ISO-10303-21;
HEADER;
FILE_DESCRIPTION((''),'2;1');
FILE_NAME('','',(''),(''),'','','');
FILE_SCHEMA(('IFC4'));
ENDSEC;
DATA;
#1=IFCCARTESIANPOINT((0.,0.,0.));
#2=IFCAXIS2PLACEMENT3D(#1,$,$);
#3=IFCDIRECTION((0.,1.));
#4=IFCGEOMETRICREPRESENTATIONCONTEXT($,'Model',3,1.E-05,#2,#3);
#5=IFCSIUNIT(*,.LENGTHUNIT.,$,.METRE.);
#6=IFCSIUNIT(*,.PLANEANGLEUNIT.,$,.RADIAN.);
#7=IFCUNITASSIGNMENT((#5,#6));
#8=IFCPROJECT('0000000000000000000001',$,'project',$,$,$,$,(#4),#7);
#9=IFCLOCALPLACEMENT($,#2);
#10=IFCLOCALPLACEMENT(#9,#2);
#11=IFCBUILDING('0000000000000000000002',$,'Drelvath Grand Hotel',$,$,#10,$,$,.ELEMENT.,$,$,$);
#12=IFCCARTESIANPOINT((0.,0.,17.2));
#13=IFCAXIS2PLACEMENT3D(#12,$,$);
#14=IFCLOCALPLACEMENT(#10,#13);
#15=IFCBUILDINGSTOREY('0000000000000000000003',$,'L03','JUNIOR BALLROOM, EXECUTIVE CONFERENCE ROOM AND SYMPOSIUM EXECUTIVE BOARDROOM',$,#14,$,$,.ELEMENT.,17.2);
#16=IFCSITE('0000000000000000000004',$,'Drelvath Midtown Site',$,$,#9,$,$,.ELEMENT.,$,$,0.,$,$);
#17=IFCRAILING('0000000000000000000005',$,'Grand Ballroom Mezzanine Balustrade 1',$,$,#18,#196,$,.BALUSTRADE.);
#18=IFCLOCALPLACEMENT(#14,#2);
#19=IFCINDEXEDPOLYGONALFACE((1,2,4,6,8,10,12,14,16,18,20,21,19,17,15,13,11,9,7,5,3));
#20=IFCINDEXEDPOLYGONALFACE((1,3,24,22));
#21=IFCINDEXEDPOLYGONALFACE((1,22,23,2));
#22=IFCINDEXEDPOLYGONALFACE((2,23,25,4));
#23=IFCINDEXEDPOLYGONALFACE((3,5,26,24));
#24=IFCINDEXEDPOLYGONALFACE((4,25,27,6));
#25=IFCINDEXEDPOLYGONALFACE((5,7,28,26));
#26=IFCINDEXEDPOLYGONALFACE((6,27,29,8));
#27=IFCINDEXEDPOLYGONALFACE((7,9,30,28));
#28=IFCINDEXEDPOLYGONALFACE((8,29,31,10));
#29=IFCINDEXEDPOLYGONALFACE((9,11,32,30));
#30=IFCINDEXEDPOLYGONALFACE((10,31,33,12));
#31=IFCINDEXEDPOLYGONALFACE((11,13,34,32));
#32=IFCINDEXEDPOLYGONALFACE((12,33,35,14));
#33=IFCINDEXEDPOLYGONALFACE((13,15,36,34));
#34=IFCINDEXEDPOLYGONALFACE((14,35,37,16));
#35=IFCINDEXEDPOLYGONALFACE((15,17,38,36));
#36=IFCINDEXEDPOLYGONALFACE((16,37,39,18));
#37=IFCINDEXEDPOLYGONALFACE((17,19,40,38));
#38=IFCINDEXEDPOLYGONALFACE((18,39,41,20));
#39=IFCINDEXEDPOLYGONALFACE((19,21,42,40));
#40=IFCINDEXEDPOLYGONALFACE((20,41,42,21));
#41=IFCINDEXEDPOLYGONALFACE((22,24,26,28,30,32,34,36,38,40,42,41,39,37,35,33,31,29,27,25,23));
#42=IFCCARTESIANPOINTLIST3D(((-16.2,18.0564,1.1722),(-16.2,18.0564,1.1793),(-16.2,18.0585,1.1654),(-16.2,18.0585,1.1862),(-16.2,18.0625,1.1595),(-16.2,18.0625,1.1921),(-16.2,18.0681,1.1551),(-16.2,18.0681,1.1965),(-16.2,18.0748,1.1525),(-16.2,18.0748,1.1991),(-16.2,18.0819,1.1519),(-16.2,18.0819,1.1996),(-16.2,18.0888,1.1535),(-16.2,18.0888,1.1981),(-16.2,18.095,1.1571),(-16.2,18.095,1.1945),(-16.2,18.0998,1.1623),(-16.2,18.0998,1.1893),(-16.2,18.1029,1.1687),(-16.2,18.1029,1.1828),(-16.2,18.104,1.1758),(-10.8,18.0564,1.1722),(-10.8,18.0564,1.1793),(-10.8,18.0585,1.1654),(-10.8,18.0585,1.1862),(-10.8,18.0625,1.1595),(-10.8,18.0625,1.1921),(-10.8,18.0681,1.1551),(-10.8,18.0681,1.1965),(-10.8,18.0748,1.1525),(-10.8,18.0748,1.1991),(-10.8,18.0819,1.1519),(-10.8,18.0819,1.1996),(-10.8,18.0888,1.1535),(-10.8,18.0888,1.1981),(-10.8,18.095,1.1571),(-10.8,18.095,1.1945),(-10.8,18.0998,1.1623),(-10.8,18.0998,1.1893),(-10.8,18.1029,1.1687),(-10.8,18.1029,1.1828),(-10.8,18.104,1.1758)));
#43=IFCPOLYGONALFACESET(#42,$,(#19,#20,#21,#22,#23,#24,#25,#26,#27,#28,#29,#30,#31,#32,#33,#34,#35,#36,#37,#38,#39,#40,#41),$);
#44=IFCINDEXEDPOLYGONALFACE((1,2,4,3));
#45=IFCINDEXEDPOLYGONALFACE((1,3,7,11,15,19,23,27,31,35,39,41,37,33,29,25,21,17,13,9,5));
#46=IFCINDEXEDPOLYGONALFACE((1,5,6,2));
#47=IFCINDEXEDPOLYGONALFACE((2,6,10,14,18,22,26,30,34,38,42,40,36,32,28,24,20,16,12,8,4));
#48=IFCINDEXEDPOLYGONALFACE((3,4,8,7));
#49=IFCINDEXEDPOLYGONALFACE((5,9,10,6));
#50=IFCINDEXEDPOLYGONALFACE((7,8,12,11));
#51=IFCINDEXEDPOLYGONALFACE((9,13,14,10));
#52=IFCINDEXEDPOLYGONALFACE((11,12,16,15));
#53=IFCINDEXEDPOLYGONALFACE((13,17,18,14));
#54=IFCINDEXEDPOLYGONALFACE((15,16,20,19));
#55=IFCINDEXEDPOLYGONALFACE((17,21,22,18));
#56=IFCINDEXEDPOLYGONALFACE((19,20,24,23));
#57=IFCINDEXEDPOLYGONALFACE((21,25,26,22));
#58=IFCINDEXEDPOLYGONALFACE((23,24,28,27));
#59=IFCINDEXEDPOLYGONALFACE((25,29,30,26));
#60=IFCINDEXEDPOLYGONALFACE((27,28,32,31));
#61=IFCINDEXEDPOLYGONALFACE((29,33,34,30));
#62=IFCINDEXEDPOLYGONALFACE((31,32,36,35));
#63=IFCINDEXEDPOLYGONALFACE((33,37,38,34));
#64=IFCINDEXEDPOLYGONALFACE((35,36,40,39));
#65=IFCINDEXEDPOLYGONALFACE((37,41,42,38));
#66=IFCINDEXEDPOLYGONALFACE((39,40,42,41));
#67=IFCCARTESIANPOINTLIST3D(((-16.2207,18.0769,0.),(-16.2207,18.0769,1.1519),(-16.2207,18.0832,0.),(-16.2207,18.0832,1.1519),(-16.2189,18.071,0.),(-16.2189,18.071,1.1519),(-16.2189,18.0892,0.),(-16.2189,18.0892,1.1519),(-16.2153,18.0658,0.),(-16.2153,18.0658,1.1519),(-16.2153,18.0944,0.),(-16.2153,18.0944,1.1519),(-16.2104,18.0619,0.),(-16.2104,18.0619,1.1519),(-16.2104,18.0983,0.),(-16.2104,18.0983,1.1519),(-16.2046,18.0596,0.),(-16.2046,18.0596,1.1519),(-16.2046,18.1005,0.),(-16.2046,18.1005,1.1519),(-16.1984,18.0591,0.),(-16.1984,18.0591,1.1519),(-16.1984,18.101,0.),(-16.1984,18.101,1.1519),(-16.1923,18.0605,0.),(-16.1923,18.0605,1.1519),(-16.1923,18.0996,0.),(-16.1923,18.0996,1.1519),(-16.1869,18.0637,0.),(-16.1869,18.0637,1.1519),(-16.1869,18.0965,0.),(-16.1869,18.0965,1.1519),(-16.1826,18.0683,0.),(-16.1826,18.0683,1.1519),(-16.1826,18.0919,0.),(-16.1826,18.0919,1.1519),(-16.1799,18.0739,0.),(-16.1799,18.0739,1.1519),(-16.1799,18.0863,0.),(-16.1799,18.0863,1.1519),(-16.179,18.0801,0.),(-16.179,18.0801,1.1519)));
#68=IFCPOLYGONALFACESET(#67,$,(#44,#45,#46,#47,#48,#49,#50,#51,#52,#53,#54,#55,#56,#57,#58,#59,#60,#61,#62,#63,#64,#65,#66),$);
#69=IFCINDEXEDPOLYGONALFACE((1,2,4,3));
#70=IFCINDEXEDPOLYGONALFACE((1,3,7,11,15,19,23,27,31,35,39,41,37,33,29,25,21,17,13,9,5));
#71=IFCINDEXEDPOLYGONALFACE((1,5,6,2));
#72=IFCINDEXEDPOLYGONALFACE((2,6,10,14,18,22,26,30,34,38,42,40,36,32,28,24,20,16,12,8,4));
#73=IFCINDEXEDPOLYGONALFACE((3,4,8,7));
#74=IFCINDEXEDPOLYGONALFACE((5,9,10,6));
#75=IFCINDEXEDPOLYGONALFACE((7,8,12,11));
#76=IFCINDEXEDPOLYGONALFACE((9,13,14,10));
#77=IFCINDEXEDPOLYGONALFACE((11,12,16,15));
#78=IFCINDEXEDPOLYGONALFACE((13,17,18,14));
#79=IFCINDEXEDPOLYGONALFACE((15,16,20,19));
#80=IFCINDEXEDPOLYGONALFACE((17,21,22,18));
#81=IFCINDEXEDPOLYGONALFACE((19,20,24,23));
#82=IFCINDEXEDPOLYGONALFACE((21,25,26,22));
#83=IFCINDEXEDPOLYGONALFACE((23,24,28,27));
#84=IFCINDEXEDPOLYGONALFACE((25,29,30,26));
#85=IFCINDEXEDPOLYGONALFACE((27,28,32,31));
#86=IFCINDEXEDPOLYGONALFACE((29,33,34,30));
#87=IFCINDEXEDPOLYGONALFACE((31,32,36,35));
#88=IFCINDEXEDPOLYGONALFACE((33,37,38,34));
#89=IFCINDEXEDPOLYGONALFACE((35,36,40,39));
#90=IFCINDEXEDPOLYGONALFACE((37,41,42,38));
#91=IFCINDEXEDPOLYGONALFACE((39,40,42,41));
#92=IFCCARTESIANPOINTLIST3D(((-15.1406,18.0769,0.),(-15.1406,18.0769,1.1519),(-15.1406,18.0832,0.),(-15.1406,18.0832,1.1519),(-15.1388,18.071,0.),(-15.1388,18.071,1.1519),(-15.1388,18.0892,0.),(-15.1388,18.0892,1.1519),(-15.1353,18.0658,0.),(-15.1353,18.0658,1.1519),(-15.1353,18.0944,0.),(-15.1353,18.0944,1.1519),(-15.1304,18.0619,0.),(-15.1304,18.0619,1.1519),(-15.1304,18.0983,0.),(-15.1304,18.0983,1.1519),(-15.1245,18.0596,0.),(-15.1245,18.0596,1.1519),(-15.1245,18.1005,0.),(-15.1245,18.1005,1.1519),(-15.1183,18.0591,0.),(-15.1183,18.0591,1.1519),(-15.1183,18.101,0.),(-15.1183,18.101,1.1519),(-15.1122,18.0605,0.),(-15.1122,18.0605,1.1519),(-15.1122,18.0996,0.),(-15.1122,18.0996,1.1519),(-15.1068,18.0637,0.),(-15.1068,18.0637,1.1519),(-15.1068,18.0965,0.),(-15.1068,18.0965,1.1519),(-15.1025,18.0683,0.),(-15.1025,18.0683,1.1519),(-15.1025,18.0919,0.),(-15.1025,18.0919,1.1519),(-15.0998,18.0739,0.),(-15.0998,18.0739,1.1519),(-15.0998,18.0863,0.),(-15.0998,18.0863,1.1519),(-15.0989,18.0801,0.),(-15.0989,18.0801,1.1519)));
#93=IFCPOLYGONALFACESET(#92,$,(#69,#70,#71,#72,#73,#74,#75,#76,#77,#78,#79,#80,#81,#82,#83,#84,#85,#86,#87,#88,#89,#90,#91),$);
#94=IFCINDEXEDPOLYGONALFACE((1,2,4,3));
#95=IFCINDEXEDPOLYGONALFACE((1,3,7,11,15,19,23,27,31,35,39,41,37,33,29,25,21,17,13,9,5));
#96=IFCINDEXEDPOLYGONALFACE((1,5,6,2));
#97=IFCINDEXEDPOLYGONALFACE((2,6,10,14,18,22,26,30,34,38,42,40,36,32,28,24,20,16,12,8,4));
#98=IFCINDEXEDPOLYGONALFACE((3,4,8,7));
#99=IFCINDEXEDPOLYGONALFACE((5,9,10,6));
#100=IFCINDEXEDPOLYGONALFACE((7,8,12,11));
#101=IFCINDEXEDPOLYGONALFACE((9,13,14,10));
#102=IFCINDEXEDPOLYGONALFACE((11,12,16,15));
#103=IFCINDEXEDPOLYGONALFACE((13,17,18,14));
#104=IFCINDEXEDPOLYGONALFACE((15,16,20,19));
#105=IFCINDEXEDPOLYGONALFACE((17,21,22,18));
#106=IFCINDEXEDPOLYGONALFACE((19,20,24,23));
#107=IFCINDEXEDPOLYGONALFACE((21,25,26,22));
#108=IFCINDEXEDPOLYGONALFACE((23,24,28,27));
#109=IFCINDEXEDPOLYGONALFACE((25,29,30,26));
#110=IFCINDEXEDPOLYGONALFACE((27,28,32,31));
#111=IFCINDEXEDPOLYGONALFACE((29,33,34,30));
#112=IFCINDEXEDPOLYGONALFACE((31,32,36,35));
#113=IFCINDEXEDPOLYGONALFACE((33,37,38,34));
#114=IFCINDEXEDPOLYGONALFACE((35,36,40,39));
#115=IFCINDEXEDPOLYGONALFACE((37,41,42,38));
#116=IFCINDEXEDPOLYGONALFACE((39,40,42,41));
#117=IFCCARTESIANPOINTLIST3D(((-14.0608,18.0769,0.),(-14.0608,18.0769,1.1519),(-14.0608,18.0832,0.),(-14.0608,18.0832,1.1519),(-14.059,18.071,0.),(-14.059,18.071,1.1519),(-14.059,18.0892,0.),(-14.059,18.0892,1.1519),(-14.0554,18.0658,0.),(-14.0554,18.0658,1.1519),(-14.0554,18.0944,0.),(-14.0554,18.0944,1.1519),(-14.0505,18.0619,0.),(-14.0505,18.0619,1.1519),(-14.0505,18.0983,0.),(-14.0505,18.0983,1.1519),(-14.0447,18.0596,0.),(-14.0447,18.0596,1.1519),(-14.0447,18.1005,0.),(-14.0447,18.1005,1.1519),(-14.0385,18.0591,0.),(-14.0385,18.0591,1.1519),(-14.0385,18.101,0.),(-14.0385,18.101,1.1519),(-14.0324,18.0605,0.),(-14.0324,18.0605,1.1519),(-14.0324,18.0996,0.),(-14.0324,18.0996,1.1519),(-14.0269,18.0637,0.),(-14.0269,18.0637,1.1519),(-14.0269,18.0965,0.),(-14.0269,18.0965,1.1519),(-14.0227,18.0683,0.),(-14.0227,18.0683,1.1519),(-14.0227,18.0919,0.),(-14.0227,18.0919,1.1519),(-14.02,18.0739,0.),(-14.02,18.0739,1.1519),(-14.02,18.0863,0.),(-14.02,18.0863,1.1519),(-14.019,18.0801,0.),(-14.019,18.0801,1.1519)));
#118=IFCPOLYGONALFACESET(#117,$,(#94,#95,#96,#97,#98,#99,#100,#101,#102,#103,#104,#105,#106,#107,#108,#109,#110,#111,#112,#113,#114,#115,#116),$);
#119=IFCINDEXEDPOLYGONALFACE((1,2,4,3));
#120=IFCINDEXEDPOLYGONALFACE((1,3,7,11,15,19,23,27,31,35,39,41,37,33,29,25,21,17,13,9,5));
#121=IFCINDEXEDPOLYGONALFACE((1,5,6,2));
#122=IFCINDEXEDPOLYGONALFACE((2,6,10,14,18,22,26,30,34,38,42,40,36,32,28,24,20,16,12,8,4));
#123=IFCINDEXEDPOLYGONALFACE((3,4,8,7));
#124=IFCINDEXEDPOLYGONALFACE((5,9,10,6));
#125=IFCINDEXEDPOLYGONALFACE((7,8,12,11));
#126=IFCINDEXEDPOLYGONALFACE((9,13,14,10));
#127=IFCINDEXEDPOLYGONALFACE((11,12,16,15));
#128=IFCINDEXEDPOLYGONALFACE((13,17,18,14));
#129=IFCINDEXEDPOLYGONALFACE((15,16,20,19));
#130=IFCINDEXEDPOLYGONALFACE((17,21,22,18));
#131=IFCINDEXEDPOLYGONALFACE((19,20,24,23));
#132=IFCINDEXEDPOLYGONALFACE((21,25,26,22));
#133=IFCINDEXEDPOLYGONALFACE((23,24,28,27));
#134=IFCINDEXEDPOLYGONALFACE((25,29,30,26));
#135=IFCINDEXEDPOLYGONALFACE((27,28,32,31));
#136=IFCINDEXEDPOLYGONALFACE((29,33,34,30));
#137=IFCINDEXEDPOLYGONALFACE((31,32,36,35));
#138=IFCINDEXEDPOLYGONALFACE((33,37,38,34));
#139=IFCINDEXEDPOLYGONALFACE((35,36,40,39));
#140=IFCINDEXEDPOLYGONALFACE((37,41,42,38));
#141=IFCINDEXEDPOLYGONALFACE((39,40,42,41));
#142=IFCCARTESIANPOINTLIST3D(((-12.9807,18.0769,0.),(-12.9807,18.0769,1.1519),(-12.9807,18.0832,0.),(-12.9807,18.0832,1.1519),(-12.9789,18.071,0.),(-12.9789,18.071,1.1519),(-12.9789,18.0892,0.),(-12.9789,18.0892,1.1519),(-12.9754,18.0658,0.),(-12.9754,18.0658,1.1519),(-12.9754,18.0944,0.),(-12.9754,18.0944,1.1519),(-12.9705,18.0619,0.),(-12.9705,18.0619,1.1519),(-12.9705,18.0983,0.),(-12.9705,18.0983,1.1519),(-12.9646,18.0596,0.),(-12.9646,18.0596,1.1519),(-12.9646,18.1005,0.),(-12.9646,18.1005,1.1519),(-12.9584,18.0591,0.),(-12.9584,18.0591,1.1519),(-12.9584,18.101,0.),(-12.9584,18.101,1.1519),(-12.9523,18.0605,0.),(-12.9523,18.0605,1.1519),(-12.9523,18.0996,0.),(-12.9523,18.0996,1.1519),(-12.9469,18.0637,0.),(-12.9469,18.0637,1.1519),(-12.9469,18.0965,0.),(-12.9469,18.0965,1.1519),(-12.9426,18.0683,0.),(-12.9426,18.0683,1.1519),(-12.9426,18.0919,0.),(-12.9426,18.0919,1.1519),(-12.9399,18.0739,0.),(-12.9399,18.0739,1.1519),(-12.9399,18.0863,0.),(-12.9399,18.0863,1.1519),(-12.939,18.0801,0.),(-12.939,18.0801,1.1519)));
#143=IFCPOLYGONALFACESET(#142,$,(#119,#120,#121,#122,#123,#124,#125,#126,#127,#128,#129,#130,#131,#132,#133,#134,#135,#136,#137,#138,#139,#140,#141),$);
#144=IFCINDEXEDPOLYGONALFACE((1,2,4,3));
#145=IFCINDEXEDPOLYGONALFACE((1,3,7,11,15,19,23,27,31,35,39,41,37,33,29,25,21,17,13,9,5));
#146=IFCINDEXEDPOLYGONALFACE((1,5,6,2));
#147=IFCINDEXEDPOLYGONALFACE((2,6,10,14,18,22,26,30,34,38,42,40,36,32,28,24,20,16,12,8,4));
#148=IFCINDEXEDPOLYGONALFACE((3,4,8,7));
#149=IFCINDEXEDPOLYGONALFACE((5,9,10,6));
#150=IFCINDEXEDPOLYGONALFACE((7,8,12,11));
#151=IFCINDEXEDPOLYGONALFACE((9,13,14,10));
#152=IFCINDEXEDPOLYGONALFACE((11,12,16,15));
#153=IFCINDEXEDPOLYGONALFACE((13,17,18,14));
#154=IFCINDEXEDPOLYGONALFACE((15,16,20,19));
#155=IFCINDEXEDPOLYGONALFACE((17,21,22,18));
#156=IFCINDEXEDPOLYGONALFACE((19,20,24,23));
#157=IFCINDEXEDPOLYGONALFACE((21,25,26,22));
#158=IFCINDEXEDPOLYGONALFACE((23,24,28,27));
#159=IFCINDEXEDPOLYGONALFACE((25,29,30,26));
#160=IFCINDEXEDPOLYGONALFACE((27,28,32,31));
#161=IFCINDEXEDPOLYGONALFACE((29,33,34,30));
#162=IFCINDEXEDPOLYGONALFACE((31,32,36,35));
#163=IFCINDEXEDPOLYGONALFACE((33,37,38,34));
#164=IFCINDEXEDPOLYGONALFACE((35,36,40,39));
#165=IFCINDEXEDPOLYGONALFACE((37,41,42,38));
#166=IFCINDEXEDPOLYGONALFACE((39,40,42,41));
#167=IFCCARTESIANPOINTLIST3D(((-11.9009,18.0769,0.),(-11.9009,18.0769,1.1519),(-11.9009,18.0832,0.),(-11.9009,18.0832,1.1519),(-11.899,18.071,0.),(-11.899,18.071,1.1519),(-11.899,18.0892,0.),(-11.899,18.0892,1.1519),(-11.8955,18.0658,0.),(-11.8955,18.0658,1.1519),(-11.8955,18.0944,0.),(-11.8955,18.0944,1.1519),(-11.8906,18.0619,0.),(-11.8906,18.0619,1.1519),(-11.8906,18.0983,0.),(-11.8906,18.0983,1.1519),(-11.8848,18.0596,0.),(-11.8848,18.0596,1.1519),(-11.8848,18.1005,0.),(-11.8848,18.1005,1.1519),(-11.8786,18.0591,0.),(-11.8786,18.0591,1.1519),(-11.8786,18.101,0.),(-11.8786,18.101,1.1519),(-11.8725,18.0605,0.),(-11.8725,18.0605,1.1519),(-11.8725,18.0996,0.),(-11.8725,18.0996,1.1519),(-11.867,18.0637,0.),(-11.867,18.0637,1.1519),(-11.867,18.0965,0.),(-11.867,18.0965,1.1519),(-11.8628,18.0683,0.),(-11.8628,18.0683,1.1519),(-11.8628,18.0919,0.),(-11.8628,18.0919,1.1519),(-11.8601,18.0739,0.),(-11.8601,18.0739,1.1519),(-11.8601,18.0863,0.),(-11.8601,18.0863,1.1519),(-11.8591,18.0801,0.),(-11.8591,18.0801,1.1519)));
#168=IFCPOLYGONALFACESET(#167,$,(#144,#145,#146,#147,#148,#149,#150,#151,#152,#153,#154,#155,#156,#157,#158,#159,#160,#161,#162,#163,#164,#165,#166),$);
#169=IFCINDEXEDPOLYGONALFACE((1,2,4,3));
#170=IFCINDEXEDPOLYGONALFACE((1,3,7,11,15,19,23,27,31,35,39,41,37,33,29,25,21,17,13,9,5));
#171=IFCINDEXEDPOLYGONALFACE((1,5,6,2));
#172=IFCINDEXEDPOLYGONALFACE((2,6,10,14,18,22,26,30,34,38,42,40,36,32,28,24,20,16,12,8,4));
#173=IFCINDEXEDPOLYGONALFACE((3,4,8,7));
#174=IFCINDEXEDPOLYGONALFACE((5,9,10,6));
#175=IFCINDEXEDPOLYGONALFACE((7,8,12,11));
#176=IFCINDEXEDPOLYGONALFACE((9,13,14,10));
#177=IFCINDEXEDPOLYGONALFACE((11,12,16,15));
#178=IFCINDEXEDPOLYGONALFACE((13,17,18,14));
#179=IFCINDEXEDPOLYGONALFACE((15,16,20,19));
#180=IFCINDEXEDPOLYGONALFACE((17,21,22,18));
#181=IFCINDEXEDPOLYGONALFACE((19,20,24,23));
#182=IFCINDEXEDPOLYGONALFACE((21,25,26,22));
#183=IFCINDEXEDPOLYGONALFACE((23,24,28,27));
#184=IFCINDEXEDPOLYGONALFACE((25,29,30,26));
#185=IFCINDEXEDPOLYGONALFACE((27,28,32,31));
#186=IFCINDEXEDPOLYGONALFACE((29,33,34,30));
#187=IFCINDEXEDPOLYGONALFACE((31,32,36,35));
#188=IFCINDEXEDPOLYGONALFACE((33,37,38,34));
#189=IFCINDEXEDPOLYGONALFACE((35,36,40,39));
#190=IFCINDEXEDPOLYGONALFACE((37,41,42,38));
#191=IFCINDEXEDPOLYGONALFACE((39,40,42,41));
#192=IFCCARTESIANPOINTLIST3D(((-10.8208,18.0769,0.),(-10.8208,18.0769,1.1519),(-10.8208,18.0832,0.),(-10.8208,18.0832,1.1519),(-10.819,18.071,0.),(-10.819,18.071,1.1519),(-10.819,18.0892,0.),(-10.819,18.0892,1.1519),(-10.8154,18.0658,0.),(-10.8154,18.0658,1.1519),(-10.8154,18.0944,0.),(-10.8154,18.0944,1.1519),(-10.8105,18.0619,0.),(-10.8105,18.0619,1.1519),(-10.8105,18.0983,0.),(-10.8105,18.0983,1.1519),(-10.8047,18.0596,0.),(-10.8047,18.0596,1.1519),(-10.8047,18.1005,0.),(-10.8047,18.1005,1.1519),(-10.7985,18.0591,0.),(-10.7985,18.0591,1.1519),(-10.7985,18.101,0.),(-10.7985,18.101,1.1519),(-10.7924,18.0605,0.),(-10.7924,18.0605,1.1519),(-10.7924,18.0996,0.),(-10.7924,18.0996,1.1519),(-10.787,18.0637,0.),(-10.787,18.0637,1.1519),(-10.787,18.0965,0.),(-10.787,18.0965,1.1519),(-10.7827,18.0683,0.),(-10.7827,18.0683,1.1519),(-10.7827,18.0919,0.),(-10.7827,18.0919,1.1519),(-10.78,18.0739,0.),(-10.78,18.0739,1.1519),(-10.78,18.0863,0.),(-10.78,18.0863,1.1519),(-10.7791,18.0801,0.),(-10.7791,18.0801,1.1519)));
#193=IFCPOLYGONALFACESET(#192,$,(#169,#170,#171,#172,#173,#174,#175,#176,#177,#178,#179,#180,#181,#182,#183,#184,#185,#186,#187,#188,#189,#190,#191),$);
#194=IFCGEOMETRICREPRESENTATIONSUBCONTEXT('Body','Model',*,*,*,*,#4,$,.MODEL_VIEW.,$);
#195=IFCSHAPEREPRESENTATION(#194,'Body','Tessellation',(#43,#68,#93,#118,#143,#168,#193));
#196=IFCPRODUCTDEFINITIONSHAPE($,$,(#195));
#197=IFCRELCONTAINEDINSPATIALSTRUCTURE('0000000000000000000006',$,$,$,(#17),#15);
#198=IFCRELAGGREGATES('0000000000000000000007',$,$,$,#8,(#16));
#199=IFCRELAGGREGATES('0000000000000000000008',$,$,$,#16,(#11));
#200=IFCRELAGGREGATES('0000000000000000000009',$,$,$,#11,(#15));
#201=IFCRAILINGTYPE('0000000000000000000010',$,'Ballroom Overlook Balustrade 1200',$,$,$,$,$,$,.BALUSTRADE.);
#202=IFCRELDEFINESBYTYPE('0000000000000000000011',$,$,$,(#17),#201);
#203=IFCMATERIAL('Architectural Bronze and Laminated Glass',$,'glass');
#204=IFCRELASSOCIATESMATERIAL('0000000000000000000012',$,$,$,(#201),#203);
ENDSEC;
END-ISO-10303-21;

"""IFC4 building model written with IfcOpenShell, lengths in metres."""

from ifc_helpers import new_model, si_unit, direction, frame, origin, origin_2d, place, context, subcontext, project, spatial, circle, extrude, material, type_object, element, save


model = new_model("IFC4")

# Units and contexts
model_context = context("Model", 3, precision=1e-05, world=origin(), true_north=direction((0.0, 1.0)))
body_context = subcontext(model_context, "Body", "Model", "MODEL_VIEW")
ifc_project = project(units=[si_unit("LENGTHUNIT", "METRE"), si_unit("PLANEANGLEUNIT", "RADIAN")], contexts=[model_context])

# Site, building, storey
site_placement = place(None, origin())
site = spatial("IfcSite", under=ifc_project, at=site_placement, Name="Drelvath Midtown Site", CompositionType="ELEMENT", RefElevation=0.0)
building_placement = place(site_placement, origin())
building = spatial("IfcBuilding", under=site, at=building_placement, Name="Drelvath Grand Hotel", CompositionType="ELEMENT")
storey_placement = place(building_placement, frame((0.0, 0.0, 17.2)))
storey = spatial("IfcBuildingStorey", under=building, at=storey_placement, Name="L03", Description="JUNIOR BALLROOM, EXECUTIVE CONFERENCE ROOM AND SYMPOSIUM EXECUTIVE BOARDROOM", CompositionType="ELEMENT", Elevation=17.2)

# Railing
ifc_material_1 = material(Name="Architectural Bronze and Laminated Glass", Category="glass")
railing_type = type_object("IfcRailingType", Name="Ballroom Overlook Balustrade 1200", PredefinedType="BALUSTRADE", material=ifc_material_1)
railing_1_placement = place(storey_placement, frame((-16.2, 18.0801, 0.0)))
element("IfcRailing", 1, at=railing_1_placement, inside=storey, type_object=railing_type, Name="Grand Ballroom Mezzanine Balustrade 1", PredefinedType="BALUSTRADE", context=body_context, shape_type="SweptSolid", body=[
    extrude(circle(Radius=0.0239, at=origin_2d()), frame((0.0, 0.0, 1.1758), z_axis=(1.0, 0.0, 0.0), x_axis=(0.0, 1.0, 0.0)), (0.0, 0.0, 1.0), 5.3999),
    extrude(circle(Radius=0.021, at=origin_2d()), origin(), (0.0, 0.0, 1.0), 1.1519),
    extrude(circle(Radius=0.021, at=origin_2d()), frame((1.0801, 0.0, 0.0)), (0.0, 0.0, 1.0), 1.1519),
    extrude(circle(Radius=0.021, at=origin_2d()), frame((2.1599, 0.0, 0.0)), (0.0, 0.0, 1.0), 1.1519),
    extrude(circle(Radius=0.021, at=origin_2d()), frame((3.24, 0.0, 0.0)), (0.0, 0.0, 1.0), 1.1519),
    extrude(circle(Radius=0.021, at=origin_2d()), frame((4.3198, 0.0, 0.0)), (0.0, 0.0, 1.0), 1.1519),
    extrude(circle(Radius=0.021, at=origin_2d()), frame((5.3999, 0.0, 0.0)), (0.0, 0.0, 1.0), 1.1519),
])

save(model, "model.ifc")
